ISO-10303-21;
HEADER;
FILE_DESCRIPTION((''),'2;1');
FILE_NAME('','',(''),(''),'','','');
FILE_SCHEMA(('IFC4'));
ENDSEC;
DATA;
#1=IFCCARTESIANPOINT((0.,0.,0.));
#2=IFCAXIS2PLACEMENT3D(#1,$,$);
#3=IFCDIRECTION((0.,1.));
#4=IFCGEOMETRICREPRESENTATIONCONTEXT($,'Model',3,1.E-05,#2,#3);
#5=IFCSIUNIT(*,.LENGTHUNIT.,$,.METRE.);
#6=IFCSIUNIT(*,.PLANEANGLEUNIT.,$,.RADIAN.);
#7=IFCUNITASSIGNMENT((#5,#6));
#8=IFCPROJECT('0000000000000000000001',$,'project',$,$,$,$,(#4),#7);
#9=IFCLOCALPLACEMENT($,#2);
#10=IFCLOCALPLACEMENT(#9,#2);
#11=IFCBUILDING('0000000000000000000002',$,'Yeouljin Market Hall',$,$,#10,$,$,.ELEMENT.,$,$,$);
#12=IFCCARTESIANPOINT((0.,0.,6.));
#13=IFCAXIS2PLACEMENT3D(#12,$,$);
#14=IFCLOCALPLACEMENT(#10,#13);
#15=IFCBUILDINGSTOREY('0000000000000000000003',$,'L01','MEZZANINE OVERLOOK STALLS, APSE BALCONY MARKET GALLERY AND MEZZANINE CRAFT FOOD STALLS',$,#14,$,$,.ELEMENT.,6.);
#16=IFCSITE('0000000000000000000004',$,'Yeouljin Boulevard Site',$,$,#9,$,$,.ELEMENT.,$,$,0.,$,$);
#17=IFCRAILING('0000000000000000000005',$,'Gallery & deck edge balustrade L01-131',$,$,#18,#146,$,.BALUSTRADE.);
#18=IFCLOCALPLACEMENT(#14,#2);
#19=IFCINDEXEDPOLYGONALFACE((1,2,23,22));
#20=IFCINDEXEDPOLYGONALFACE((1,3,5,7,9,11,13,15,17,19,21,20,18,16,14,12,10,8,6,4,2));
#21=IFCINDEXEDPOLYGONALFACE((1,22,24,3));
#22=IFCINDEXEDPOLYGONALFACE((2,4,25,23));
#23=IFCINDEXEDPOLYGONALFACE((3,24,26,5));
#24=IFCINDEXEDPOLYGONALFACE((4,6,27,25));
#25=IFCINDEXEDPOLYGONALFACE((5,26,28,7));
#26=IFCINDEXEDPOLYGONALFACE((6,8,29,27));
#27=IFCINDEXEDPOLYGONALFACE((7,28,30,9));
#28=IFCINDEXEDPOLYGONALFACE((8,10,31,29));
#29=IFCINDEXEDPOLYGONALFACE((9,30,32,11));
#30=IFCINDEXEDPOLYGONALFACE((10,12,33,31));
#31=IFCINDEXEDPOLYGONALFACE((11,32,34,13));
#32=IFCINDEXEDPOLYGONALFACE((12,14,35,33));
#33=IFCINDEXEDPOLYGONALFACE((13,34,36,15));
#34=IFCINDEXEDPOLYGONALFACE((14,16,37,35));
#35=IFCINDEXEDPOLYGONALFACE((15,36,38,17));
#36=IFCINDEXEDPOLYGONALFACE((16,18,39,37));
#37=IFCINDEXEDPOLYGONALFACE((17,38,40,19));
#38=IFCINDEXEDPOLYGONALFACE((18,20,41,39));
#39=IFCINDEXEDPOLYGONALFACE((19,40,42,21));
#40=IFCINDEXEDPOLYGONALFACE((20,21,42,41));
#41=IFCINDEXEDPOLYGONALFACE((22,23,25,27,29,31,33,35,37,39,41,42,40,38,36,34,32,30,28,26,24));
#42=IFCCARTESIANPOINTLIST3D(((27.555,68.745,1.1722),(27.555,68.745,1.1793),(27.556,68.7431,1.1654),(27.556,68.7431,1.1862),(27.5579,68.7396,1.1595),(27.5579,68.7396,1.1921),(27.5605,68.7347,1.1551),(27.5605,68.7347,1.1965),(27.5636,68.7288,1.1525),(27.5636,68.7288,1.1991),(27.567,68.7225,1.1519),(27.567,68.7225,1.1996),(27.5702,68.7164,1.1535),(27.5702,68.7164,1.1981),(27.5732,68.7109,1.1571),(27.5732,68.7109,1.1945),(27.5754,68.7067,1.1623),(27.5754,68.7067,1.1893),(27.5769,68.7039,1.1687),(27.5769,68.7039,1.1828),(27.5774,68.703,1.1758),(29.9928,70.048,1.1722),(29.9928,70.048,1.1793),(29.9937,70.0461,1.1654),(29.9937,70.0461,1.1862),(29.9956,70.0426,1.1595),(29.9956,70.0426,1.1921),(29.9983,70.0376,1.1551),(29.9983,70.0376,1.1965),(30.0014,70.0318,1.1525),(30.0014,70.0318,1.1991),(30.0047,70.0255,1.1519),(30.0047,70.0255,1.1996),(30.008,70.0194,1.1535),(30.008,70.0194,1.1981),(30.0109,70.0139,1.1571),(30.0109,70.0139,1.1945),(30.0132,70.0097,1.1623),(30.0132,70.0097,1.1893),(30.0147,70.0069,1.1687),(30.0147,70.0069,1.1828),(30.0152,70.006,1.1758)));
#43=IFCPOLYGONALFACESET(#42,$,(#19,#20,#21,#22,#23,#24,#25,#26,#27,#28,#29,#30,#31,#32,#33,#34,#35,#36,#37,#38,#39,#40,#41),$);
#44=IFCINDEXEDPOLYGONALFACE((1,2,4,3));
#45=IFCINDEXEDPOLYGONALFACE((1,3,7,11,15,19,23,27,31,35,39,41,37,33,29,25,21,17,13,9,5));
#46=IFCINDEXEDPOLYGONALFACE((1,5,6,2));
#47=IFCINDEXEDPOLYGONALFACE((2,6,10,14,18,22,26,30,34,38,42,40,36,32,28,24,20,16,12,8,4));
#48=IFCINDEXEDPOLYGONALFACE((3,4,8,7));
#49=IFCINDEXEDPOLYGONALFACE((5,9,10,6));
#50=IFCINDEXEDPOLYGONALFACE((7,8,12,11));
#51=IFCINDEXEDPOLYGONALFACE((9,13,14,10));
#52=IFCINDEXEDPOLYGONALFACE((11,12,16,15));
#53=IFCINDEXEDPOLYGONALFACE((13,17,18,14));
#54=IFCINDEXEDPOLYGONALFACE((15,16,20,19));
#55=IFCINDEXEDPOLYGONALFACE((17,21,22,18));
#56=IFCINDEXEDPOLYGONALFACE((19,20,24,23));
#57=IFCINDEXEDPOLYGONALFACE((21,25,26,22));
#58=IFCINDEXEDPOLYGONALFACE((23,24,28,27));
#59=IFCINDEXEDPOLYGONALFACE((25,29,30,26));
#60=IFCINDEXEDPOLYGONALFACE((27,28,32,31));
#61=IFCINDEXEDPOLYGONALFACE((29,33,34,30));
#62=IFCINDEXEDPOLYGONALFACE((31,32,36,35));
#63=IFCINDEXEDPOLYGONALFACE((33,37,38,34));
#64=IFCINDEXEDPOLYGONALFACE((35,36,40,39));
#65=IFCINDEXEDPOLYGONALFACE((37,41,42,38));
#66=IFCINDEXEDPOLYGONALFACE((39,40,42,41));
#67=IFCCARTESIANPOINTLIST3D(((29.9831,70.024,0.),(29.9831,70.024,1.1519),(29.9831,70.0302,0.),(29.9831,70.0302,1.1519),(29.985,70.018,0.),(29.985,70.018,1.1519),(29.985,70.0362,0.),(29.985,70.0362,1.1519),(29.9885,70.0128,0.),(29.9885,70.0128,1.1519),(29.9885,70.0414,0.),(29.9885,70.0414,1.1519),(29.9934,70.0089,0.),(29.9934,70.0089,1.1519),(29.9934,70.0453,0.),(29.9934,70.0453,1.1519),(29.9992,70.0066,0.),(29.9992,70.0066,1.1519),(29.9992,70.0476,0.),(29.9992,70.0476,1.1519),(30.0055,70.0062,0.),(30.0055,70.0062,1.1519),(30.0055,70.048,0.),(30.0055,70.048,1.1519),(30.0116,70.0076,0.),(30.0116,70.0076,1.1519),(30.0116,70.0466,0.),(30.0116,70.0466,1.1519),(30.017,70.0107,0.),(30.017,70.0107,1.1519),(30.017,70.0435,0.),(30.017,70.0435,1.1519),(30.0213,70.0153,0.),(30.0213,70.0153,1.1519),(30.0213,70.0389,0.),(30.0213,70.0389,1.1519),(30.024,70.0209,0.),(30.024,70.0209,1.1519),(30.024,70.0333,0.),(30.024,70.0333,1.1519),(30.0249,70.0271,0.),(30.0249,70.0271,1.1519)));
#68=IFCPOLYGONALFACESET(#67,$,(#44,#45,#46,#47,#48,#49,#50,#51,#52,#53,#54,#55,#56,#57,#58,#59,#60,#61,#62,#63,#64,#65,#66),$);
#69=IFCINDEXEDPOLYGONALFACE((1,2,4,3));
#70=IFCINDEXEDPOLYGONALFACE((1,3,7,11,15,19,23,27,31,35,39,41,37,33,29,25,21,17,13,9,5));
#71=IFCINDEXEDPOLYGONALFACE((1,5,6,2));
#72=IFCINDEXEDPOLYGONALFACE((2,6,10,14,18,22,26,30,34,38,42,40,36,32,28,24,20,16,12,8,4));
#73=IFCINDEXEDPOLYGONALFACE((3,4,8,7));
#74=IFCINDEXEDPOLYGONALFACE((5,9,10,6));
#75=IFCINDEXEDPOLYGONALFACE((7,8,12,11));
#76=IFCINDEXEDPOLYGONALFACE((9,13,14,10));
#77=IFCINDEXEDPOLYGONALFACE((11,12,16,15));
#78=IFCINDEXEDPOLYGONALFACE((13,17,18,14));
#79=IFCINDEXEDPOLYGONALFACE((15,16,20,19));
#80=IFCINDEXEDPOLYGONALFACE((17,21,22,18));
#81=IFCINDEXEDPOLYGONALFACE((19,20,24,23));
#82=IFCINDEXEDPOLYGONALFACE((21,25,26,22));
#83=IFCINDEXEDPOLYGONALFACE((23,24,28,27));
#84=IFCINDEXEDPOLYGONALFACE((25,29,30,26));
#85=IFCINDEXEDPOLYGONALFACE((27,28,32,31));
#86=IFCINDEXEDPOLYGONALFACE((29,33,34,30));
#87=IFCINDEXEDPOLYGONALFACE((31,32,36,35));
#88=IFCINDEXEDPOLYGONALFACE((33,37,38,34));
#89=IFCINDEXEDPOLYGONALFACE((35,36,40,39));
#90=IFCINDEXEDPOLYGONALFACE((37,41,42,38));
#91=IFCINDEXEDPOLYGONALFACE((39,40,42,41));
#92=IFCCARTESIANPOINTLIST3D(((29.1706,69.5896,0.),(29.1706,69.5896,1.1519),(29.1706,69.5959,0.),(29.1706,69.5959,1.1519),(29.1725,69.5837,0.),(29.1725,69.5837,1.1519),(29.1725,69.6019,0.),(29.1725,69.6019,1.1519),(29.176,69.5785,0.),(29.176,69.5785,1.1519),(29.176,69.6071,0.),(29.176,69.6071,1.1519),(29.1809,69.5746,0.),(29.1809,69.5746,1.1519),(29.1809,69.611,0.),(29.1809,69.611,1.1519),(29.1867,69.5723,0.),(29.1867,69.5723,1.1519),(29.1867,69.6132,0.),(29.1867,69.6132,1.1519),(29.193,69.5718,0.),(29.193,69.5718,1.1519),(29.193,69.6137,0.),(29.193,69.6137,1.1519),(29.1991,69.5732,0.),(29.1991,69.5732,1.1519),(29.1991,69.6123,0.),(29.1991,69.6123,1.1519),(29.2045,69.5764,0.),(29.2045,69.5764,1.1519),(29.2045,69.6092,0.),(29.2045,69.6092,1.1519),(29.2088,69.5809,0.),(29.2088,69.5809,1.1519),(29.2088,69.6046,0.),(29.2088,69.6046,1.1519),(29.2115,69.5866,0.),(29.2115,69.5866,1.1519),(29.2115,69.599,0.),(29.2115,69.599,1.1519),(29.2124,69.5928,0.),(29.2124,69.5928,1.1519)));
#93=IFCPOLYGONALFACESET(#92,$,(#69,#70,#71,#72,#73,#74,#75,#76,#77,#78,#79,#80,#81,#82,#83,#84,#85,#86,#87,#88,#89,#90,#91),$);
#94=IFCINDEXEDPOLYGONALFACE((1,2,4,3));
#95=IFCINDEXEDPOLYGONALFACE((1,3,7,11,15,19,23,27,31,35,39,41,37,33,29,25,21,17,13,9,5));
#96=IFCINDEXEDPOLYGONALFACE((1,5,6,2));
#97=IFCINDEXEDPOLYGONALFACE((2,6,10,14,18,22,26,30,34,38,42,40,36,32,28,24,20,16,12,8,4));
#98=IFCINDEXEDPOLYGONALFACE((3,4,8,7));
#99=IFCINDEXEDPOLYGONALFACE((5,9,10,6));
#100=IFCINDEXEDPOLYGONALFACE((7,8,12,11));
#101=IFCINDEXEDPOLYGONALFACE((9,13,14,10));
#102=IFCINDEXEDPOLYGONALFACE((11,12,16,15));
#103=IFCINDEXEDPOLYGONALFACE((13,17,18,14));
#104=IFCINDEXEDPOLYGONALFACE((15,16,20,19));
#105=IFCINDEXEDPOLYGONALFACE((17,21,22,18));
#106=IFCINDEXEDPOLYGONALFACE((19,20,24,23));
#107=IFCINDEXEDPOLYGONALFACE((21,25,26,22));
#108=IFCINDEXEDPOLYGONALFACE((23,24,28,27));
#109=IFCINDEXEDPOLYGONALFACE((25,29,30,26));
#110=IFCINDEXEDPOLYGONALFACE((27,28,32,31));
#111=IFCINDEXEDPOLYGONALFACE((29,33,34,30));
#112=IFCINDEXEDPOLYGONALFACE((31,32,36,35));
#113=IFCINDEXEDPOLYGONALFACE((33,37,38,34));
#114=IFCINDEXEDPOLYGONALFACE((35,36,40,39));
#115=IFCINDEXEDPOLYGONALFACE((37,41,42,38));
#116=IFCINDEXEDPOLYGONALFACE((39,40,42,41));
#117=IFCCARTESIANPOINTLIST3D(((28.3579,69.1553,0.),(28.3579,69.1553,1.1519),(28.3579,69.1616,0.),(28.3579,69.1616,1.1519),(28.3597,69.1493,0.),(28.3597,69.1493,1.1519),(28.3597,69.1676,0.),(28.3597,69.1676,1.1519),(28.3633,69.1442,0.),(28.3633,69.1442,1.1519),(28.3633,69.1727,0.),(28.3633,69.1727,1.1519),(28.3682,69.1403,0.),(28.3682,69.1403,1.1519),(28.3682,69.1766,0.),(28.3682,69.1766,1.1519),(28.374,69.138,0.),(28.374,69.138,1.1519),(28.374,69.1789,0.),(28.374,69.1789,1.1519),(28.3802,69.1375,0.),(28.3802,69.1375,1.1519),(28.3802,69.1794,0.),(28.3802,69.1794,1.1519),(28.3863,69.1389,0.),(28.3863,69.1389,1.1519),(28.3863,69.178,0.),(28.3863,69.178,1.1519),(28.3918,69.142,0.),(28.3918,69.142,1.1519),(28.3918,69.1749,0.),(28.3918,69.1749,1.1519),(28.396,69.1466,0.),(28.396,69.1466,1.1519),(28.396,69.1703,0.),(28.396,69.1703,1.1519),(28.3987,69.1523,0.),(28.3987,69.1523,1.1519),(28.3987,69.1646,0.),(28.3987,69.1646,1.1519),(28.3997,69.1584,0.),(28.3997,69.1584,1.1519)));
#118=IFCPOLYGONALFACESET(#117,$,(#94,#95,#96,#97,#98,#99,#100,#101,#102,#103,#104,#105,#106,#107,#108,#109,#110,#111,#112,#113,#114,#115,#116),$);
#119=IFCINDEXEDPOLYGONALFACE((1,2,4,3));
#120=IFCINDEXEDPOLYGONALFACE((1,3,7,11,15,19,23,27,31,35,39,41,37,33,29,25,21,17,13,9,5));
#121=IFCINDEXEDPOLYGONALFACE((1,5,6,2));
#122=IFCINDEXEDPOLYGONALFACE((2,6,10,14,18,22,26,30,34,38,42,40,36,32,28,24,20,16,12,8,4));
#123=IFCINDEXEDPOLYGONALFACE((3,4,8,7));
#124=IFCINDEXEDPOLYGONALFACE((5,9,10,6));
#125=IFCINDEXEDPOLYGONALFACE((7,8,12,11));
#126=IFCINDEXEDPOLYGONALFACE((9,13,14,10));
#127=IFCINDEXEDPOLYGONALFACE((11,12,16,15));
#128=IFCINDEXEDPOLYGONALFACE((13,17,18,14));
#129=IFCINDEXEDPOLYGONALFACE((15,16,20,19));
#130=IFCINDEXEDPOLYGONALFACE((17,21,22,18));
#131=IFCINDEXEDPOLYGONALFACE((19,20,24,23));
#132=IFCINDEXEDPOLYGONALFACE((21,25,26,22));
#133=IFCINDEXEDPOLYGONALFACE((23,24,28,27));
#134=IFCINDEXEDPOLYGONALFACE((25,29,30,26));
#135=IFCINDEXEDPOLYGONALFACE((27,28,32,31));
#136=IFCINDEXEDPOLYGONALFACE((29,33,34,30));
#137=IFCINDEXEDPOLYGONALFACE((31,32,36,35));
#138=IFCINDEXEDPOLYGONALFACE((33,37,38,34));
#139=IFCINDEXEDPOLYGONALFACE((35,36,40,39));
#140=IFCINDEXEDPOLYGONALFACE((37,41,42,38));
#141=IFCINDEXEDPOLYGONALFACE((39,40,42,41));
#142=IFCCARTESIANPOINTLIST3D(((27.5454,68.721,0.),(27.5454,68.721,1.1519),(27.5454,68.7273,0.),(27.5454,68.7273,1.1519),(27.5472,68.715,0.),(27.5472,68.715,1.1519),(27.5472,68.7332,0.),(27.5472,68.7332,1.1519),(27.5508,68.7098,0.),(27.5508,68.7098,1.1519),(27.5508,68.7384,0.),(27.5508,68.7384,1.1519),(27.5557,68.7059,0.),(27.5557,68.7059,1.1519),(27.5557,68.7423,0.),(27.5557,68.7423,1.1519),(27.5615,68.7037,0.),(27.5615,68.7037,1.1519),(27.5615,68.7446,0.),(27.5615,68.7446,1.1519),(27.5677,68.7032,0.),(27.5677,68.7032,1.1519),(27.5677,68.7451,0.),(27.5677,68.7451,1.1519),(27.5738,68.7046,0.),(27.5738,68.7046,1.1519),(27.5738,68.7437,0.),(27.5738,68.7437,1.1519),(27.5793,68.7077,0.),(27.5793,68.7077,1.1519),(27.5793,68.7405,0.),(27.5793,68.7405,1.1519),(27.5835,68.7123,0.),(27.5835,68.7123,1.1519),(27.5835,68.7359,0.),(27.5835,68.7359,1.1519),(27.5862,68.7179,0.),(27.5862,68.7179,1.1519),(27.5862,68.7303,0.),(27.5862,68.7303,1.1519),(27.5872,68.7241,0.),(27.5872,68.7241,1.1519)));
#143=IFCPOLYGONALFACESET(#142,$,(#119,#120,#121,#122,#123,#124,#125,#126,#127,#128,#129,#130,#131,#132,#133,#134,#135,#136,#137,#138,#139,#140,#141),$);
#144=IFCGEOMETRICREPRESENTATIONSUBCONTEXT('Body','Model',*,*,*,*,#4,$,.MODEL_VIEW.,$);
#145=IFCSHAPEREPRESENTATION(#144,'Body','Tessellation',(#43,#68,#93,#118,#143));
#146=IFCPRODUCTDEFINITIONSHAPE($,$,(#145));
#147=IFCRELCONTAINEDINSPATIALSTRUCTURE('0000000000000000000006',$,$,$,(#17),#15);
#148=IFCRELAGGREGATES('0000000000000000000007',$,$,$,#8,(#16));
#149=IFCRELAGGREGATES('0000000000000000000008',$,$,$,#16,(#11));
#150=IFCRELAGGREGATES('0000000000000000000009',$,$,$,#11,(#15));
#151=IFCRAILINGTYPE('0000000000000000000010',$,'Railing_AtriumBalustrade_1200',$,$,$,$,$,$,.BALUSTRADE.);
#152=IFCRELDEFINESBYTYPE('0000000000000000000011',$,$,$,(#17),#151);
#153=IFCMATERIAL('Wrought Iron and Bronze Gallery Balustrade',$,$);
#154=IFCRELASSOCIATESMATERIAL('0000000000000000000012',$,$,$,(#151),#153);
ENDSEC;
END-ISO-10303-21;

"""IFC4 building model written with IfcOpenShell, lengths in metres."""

from ifc_helpers import new_model, si_unit, direction, frame, origin, origin_2d, place, context, subcontext, project, spatial, circle, extrude, material, type_object, element, save


model = new_model("IFC4")

# Units and contexts
model_context = context("Model", 3, precision=1e-05, world=origin(), true_north=direction((0.0, 1.0)))
body_context = subcontext(model_context, "Body", "Model", "MODEL_VIEW")
ifc_project = project(units=[si_unit("LENGTHUNIT", "METRE"), si_unit("PLANEANGLEUNIT", "RADIAN")], contexts=[model_context])

# Site, building, storey
site_placement = place(None, origin())
site = spatial("IfcSite", under=ifc_project, at=site_placement, Name="Yeouljin Boulevard Site", CompositionType="ELEMENT", RefElevation=0.0)
building_placement = place(site_placement, origin())
building = spatial("IfcBuilding", under=site, at=building_placement, Name="Yeouljin Market Hall", CompositionType="ELEMENT")
storey_placement = place(building_placement, frame((0.0, 0.0, 6.0)))
storey = spatial("IfcBuildingStorey", under=building, at=storey_placement, Name="L01", Description="MEZZANINE OVERLOOK STALLS, APSE BALCONY MARKET GALLERY AND MEZZANINE CRAFT FOOD STALLS", CompositionType="ELEMENT", Elevation=6.0)

# Railing
ifc_material_1 = material(Name="Wrought Iron and Bronze Gallery Balustrade")
railing_type = type_object("IfcRailingType", Name="Railing_AtriumBalustrade_1200", PredefinedType="BALUSTRADE", material=ifc_material_1)
railing_1_placement = place(storey_placement, frame((30.0039, 70.0271, 0.0)))
element("IfcRailing", 1, at=railing_1_placement, inside=storey, type_object=railing_type, Name="Gallery & deck edge balustrade L01-131", PredefinedType="BALUSTRADE", context=body_context, shape_type="SweptSolid", body=[
    extrude(circle(Radius=0.0239, at=origin_2d()), frame((0.0, 0.0, 1.1758), z_axis=(-0.881925, -0.47139, 0.0), x_axis=(0.47139, -0.881925, 0.0)), (0.0, 0.0, 1.0), 2.7642),
    extrude(circle(Radius=0.021, at=origin_2d()), origin(), (0.0, 0.0, 1.0), 1.1519),
    extrude(circle(Radius=0.021, at=origin_2d()), frame((-0.8125, -0.4343, 0.0)), (0.0, 0.0, 1.0), 1.1519),
    extrude(circle(Radius=0.021, at=origin_2d()), frame((-1.6252, -0.8687, 0.0)), (0.0, 0.0, 1.0), 1.1519),
    extrude(circle(Radius=0.021, at=origin_2d()), frame((-2.4377, -1.303, 0.0)), (0.0, 0.0, 1.0), 1.1519),
])

save(model, "model.ifc")
